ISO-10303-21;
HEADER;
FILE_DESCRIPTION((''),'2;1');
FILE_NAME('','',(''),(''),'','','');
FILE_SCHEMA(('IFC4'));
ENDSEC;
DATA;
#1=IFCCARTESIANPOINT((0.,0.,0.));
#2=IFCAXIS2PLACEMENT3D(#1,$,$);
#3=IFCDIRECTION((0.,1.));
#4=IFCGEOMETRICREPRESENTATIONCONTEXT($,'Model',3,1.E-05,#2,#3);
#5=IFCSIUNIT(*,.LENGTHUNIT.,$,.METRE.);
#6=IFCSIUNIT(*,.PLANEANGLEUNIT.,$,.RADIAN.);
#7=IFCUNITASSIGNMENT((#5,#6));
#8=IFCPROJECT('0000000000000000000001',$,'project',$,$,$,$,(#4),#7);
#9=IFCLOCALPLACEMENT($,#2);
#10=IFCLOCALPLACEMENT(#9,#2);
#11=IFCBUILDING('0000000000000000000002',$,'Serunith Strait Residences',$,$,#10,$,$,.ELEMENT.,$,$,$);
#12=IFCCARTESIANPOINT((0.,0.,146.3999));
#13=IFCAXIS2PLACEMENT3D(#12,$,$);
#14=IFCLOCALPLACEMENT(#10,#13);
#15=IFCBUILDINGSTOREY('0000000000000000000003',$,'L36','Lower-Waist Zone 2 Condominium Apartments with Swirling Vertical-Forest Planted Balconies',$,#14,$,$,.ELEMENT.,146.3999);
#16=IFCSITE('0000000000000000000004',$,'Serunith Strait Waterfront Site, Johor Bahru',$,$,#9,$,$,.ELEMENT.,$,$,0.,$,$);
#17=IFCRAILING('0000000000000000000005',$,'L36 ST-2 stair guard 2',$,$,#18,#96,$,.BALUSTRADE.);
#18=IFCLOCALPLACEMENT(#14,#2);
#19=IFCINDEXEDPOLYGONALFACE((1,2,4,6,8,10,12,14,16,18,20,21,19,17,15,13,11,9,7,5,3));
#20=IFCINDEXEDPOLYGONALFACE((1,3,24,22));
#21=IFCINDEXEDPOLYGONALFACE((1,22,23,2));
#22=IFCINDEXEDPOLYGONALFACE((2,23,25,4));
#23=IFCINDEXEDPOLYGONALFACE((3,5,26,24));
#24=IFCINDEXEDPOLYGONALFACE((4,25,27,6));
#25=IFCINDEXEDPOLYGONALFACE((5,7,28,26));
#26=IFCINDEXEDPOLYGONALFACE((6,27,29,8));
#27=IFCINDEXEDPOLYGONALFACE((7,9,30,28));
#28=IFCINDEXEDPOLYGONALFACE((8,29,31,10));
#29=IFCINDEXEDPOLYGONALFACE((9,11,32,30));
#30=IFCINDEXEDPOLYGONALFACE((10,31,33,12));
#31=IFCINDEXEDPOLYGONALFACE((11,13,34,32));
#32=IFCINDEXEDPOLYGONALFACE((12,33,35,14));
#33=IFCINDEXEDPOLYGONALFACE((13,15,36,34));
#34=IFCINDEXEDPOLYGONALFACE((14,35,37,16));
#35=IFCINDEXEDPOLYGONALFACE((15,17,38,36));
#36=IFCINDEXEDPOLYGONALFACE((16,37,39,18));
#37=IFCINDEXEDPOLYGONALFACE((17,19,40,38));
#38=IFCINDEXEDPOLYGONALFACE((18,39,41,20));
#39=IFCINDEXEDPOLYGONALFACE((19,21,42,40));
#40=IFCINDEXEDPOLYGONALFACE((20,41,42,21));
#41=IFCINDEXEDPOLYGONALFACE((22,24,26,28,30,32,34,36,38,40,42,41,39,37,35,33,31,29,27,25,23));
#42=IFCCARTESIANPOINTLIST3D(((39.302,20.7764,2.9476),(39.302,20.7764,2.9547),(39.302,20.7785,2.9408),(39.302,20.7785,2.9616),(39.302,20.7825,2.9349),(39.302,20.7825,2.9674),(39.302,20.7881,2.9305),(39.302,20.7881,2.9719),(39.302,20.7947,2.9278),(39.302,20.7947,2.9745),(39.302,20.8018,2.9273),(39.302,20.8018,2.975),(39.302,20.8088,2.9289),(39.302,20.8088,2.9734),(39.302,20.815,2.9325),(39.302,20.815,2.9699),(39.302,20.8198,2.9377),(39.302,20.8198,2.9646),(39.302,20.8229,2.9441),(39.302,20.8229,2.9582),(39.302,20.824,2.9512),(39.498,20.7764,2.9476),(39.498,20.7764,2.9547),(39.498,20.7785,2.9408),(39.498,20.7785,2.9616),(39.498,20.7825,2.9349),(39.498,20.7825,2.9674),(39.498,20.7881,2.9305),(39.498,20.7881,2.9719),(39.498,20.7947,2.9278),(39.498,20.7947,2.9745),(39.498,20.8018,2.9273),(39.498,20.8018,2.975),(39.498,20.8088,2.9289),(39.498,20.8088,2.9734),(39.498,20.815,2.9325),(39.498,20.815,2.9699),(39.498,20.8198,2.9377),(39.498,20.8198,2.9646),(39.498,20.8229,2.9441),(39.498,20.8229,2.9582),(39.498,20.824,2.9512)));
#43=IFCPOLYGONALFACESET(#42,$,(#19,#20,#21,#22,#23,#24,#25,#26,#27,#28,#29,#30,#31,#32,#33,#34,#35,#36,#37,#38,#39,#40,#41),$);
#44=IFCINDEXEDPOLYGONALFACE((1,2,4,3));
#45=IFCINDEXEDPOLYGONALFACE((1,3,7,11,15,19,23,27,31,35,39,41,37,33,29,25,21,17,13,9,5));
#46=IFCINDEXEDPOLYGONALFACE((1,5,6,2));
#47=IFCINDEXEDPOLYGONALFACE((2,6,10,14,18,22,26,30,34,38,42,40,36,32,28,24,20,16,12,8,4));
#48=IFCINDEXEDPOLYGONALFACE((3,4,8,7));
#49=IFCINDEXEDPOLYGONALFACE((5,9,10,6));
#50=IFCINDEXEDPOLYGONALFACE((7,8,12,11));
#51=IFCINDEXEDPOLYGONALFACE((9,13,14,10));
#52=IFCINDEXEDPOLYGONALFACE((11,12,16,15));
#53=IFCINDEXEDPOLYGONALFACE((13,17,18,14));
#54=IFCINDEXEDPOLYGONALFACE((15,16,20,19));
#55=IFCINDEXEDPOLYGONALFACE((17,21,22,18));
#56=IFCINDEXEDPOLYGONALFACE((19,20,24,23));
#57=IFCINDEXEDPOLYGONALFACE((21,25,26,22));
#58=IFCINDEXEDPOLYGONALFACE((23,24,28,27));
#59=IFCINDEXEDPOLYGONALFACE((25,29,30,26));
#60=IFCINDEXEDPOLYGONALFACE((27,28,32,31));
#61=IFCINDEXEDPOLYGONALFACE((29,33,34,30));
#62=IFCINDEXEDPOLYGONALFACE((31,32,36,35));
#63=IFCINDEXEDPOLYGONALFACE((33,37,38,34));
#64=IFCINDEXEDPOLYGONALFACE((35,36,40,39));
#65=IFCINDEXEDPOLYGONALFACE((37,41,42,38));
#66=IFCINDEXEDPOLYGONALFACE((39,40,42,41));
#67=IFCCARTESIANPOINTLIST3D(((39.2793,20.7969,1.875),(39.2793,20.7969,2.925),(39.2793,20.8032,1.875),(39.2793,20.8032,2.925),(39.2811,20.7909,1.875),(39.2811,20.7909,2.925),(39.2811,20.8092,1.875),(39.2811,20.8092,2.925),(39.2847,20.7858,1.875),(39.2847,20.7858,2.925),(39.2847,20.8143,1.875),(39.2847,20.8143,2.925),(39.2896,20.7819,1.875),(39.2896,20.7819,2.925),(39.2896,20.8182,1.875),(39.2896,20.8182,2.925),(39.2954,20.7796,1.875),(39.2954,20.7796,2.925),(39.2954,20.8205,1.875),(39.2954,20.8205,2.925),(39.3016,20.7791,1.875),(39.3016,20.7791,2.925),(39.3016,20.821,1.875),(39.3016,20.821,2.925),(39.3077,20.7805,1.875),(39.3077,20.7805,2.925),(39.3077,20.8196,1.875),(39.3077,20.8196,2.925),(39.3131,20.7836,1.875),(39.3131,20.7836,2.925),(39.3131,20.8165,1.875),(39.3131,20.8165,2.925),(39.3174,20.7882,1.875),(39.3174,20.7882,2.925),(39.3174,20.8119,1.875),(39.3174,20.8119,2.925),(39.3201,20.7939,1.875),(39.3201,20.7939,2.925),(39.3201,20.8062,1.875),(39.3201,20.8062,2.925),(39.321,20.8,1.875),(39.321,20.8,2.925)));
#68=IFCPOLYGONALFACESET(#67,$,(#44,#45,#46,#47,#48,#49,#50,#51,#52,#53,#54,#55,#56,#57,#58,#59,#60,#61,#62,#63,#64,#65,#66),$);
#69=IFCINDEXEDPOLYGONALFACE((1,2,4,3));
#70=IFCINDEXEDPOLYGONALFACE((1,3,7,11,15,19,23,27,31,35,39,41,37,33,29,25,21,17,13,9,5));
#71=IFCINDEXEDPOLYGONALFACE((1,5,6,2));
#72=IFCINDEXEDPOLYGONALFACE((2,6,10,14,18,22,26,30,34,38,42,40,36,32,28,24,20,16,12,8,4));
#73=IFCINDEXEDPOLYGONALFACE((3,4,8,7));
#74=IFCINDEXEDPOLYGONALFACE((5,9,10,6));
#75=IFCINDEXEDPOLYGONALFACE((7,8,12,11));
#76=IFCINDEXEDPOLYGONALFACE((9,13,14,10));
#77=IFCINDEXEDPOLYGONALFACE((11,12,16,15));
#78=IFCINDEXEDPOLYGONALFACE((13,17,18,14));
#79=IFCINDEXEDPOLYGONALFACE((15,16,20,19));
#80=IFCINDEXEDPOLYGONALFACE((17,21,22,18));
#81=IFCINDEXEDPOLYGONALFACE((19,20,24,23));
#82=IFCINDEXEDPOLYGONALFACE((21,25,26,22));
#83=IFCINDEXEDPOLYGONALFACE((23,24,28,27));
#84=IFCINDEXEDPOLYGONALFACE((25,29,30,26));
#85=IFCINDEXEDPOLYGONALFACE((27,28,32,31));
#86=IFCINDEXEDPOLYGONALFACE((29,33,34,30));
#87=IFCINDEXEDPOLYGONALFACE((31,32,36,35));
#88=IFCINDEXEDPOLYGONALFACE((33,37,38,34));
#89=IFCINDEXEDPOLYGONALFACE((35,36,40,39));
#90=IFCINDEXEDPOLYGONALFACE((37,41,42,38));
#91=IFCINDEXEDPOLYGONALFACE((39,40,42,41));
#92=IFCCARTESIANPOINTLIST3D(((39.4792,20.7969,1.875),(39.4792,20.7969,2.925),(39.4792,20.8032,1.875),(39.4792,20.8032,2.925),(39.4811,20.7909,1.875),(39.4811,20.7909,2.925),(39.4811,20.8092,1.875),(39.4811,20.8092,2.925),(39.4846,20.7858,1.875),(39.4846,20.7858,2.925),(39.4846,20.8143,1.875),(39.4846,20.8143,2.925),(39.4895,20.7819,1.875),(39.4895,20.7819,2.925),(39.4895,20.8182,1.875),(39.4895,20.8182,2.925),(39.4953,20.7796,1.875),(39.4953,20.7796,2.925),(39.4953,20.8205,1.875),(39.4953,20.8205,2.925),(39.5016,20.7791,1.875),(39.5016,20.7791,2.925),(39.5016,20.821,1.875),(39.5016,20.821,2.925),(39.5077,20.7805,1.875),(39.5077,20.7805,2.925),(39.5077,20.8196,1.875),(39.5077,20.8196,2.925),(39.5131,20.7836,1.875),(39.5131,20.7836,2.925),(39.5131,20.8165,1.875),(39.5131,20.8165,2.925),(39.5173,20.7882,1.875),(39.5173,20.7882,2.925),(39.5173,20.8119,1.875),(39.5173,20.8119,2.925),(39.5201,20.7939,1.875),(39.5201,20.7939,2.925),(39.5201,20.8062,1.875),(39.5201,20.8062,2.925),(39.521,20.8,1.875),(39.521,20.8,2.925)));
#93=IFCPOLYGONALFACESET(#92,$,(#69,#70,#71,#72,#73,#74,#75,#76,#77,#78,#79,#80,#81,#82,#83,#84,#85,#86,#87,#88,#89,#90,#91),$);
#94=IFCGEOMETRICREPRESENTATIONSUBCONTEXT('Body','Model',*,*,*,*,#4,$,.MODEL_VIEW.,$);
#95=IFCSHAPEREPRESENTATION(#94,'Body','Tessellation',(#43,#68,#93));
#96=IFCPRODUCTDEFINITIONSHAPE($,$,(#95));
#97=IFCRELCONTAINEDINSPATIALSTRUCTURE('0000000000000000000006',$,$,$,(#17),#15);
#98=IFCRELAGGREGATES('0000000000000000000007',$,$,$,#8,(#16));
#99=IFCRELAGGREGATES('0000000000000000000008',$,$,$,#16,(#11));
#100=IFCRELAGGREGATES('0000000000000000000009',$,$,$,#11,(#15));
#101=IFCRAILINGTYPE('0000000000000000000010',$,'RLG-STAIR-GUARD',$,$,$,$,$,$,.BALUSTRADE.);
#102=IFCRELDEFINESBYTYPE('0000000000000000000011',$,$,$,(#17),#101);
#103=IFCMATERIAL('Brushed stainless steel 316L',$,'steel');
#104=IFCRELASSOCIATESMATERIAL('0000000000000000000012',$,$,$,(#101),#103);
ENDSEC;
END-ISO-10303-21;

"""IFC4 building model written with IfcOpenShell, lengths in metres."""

from ifc_helpers import new_model, si_unit, direction, frame, origin, origin_2d, place, context, subcontext, project, spatial, circle, extrude, material, type_object, element, save


model = new_model("IFC4")

# Units and contexts
model_context = context("Model", 3, precision=1e-05, world=origin(), true_north=direction((0.0, 1.0)))
body_context = subcontext(model_context, "Body", "Model", "MODEL_VIEW")
ifc_project = project(units=[si_unit("LENGTHUNIT", "METRE"), si_unit("PLANEANGLEUNIT", "RADIAN")], contexts=[model_context])

# Site, building, storey
site_placement = place(None, origin())
site = spatial("IfcSite", under=ifc_project, at=site_placement, Name="Serunith Strait Waterfront Site, Johor Bahru", CompositionType="ELEMENT", RefElevation=0.0)
building_placement = place(site_placement, origin())
building = spatial("IfcBuilding", under=site, at=building_placement, Name="Serunith Strait Residences", CompositionType="ELEMENT")
storey_placement = place(building_placement, frame((0.0, 0.0, 146.3999)))
storey = spatial("IfcBuildingStorey", under=building, at=storey_placement, Name="L36", Description="Lower-Waist Zone 2 Condominium Apartments with Swirling Vertical-Forest Planted Balconies", CompositionType="ELEMENT", Elevation=146.3999)

# Railing
ifc_material_1 = material(Name="Brushed stainless steel 316L", Category="steel")
railing_type_1 = type_object("IfcRailingType", Name="RLG-STAIR-GUARD", PredefinedType="BALUSTRADE", material=ifc_material_1)
railing_1_placement = place(storey_placement, frame((39.3, 20.8, 1.875)))
element("IfcRailing", 1, at=railing_1_placement, inside=storey, type_object=railing_type_1, Name="L36 ST-2 stair guard 2", PredefinedType="BALUSTRADE", context=body_context, shape_type="SweptSolid", body=[
    extrude(circle(Radius=0.0239, at=origin_2d()), frame((0.002, 0.0, 1.0762), z_axis=(1.0, 0.0, 0.0), x_axis=(0.0, 1.0, 0.0)), (0.0, 0.0, 1.0), 0.196),
    extrude(circle(Radius=0.021, at=origin_2d()), origin(), (0.0, 0.0, 1.0), 1.05),
    extrude(circle(Radius=0.021, at=origin_2d()), frame((0.2, 0.0, 0.0)), (0.0, 0.0, 1.0), 1.05),
])

save(model, "model.ifc")
